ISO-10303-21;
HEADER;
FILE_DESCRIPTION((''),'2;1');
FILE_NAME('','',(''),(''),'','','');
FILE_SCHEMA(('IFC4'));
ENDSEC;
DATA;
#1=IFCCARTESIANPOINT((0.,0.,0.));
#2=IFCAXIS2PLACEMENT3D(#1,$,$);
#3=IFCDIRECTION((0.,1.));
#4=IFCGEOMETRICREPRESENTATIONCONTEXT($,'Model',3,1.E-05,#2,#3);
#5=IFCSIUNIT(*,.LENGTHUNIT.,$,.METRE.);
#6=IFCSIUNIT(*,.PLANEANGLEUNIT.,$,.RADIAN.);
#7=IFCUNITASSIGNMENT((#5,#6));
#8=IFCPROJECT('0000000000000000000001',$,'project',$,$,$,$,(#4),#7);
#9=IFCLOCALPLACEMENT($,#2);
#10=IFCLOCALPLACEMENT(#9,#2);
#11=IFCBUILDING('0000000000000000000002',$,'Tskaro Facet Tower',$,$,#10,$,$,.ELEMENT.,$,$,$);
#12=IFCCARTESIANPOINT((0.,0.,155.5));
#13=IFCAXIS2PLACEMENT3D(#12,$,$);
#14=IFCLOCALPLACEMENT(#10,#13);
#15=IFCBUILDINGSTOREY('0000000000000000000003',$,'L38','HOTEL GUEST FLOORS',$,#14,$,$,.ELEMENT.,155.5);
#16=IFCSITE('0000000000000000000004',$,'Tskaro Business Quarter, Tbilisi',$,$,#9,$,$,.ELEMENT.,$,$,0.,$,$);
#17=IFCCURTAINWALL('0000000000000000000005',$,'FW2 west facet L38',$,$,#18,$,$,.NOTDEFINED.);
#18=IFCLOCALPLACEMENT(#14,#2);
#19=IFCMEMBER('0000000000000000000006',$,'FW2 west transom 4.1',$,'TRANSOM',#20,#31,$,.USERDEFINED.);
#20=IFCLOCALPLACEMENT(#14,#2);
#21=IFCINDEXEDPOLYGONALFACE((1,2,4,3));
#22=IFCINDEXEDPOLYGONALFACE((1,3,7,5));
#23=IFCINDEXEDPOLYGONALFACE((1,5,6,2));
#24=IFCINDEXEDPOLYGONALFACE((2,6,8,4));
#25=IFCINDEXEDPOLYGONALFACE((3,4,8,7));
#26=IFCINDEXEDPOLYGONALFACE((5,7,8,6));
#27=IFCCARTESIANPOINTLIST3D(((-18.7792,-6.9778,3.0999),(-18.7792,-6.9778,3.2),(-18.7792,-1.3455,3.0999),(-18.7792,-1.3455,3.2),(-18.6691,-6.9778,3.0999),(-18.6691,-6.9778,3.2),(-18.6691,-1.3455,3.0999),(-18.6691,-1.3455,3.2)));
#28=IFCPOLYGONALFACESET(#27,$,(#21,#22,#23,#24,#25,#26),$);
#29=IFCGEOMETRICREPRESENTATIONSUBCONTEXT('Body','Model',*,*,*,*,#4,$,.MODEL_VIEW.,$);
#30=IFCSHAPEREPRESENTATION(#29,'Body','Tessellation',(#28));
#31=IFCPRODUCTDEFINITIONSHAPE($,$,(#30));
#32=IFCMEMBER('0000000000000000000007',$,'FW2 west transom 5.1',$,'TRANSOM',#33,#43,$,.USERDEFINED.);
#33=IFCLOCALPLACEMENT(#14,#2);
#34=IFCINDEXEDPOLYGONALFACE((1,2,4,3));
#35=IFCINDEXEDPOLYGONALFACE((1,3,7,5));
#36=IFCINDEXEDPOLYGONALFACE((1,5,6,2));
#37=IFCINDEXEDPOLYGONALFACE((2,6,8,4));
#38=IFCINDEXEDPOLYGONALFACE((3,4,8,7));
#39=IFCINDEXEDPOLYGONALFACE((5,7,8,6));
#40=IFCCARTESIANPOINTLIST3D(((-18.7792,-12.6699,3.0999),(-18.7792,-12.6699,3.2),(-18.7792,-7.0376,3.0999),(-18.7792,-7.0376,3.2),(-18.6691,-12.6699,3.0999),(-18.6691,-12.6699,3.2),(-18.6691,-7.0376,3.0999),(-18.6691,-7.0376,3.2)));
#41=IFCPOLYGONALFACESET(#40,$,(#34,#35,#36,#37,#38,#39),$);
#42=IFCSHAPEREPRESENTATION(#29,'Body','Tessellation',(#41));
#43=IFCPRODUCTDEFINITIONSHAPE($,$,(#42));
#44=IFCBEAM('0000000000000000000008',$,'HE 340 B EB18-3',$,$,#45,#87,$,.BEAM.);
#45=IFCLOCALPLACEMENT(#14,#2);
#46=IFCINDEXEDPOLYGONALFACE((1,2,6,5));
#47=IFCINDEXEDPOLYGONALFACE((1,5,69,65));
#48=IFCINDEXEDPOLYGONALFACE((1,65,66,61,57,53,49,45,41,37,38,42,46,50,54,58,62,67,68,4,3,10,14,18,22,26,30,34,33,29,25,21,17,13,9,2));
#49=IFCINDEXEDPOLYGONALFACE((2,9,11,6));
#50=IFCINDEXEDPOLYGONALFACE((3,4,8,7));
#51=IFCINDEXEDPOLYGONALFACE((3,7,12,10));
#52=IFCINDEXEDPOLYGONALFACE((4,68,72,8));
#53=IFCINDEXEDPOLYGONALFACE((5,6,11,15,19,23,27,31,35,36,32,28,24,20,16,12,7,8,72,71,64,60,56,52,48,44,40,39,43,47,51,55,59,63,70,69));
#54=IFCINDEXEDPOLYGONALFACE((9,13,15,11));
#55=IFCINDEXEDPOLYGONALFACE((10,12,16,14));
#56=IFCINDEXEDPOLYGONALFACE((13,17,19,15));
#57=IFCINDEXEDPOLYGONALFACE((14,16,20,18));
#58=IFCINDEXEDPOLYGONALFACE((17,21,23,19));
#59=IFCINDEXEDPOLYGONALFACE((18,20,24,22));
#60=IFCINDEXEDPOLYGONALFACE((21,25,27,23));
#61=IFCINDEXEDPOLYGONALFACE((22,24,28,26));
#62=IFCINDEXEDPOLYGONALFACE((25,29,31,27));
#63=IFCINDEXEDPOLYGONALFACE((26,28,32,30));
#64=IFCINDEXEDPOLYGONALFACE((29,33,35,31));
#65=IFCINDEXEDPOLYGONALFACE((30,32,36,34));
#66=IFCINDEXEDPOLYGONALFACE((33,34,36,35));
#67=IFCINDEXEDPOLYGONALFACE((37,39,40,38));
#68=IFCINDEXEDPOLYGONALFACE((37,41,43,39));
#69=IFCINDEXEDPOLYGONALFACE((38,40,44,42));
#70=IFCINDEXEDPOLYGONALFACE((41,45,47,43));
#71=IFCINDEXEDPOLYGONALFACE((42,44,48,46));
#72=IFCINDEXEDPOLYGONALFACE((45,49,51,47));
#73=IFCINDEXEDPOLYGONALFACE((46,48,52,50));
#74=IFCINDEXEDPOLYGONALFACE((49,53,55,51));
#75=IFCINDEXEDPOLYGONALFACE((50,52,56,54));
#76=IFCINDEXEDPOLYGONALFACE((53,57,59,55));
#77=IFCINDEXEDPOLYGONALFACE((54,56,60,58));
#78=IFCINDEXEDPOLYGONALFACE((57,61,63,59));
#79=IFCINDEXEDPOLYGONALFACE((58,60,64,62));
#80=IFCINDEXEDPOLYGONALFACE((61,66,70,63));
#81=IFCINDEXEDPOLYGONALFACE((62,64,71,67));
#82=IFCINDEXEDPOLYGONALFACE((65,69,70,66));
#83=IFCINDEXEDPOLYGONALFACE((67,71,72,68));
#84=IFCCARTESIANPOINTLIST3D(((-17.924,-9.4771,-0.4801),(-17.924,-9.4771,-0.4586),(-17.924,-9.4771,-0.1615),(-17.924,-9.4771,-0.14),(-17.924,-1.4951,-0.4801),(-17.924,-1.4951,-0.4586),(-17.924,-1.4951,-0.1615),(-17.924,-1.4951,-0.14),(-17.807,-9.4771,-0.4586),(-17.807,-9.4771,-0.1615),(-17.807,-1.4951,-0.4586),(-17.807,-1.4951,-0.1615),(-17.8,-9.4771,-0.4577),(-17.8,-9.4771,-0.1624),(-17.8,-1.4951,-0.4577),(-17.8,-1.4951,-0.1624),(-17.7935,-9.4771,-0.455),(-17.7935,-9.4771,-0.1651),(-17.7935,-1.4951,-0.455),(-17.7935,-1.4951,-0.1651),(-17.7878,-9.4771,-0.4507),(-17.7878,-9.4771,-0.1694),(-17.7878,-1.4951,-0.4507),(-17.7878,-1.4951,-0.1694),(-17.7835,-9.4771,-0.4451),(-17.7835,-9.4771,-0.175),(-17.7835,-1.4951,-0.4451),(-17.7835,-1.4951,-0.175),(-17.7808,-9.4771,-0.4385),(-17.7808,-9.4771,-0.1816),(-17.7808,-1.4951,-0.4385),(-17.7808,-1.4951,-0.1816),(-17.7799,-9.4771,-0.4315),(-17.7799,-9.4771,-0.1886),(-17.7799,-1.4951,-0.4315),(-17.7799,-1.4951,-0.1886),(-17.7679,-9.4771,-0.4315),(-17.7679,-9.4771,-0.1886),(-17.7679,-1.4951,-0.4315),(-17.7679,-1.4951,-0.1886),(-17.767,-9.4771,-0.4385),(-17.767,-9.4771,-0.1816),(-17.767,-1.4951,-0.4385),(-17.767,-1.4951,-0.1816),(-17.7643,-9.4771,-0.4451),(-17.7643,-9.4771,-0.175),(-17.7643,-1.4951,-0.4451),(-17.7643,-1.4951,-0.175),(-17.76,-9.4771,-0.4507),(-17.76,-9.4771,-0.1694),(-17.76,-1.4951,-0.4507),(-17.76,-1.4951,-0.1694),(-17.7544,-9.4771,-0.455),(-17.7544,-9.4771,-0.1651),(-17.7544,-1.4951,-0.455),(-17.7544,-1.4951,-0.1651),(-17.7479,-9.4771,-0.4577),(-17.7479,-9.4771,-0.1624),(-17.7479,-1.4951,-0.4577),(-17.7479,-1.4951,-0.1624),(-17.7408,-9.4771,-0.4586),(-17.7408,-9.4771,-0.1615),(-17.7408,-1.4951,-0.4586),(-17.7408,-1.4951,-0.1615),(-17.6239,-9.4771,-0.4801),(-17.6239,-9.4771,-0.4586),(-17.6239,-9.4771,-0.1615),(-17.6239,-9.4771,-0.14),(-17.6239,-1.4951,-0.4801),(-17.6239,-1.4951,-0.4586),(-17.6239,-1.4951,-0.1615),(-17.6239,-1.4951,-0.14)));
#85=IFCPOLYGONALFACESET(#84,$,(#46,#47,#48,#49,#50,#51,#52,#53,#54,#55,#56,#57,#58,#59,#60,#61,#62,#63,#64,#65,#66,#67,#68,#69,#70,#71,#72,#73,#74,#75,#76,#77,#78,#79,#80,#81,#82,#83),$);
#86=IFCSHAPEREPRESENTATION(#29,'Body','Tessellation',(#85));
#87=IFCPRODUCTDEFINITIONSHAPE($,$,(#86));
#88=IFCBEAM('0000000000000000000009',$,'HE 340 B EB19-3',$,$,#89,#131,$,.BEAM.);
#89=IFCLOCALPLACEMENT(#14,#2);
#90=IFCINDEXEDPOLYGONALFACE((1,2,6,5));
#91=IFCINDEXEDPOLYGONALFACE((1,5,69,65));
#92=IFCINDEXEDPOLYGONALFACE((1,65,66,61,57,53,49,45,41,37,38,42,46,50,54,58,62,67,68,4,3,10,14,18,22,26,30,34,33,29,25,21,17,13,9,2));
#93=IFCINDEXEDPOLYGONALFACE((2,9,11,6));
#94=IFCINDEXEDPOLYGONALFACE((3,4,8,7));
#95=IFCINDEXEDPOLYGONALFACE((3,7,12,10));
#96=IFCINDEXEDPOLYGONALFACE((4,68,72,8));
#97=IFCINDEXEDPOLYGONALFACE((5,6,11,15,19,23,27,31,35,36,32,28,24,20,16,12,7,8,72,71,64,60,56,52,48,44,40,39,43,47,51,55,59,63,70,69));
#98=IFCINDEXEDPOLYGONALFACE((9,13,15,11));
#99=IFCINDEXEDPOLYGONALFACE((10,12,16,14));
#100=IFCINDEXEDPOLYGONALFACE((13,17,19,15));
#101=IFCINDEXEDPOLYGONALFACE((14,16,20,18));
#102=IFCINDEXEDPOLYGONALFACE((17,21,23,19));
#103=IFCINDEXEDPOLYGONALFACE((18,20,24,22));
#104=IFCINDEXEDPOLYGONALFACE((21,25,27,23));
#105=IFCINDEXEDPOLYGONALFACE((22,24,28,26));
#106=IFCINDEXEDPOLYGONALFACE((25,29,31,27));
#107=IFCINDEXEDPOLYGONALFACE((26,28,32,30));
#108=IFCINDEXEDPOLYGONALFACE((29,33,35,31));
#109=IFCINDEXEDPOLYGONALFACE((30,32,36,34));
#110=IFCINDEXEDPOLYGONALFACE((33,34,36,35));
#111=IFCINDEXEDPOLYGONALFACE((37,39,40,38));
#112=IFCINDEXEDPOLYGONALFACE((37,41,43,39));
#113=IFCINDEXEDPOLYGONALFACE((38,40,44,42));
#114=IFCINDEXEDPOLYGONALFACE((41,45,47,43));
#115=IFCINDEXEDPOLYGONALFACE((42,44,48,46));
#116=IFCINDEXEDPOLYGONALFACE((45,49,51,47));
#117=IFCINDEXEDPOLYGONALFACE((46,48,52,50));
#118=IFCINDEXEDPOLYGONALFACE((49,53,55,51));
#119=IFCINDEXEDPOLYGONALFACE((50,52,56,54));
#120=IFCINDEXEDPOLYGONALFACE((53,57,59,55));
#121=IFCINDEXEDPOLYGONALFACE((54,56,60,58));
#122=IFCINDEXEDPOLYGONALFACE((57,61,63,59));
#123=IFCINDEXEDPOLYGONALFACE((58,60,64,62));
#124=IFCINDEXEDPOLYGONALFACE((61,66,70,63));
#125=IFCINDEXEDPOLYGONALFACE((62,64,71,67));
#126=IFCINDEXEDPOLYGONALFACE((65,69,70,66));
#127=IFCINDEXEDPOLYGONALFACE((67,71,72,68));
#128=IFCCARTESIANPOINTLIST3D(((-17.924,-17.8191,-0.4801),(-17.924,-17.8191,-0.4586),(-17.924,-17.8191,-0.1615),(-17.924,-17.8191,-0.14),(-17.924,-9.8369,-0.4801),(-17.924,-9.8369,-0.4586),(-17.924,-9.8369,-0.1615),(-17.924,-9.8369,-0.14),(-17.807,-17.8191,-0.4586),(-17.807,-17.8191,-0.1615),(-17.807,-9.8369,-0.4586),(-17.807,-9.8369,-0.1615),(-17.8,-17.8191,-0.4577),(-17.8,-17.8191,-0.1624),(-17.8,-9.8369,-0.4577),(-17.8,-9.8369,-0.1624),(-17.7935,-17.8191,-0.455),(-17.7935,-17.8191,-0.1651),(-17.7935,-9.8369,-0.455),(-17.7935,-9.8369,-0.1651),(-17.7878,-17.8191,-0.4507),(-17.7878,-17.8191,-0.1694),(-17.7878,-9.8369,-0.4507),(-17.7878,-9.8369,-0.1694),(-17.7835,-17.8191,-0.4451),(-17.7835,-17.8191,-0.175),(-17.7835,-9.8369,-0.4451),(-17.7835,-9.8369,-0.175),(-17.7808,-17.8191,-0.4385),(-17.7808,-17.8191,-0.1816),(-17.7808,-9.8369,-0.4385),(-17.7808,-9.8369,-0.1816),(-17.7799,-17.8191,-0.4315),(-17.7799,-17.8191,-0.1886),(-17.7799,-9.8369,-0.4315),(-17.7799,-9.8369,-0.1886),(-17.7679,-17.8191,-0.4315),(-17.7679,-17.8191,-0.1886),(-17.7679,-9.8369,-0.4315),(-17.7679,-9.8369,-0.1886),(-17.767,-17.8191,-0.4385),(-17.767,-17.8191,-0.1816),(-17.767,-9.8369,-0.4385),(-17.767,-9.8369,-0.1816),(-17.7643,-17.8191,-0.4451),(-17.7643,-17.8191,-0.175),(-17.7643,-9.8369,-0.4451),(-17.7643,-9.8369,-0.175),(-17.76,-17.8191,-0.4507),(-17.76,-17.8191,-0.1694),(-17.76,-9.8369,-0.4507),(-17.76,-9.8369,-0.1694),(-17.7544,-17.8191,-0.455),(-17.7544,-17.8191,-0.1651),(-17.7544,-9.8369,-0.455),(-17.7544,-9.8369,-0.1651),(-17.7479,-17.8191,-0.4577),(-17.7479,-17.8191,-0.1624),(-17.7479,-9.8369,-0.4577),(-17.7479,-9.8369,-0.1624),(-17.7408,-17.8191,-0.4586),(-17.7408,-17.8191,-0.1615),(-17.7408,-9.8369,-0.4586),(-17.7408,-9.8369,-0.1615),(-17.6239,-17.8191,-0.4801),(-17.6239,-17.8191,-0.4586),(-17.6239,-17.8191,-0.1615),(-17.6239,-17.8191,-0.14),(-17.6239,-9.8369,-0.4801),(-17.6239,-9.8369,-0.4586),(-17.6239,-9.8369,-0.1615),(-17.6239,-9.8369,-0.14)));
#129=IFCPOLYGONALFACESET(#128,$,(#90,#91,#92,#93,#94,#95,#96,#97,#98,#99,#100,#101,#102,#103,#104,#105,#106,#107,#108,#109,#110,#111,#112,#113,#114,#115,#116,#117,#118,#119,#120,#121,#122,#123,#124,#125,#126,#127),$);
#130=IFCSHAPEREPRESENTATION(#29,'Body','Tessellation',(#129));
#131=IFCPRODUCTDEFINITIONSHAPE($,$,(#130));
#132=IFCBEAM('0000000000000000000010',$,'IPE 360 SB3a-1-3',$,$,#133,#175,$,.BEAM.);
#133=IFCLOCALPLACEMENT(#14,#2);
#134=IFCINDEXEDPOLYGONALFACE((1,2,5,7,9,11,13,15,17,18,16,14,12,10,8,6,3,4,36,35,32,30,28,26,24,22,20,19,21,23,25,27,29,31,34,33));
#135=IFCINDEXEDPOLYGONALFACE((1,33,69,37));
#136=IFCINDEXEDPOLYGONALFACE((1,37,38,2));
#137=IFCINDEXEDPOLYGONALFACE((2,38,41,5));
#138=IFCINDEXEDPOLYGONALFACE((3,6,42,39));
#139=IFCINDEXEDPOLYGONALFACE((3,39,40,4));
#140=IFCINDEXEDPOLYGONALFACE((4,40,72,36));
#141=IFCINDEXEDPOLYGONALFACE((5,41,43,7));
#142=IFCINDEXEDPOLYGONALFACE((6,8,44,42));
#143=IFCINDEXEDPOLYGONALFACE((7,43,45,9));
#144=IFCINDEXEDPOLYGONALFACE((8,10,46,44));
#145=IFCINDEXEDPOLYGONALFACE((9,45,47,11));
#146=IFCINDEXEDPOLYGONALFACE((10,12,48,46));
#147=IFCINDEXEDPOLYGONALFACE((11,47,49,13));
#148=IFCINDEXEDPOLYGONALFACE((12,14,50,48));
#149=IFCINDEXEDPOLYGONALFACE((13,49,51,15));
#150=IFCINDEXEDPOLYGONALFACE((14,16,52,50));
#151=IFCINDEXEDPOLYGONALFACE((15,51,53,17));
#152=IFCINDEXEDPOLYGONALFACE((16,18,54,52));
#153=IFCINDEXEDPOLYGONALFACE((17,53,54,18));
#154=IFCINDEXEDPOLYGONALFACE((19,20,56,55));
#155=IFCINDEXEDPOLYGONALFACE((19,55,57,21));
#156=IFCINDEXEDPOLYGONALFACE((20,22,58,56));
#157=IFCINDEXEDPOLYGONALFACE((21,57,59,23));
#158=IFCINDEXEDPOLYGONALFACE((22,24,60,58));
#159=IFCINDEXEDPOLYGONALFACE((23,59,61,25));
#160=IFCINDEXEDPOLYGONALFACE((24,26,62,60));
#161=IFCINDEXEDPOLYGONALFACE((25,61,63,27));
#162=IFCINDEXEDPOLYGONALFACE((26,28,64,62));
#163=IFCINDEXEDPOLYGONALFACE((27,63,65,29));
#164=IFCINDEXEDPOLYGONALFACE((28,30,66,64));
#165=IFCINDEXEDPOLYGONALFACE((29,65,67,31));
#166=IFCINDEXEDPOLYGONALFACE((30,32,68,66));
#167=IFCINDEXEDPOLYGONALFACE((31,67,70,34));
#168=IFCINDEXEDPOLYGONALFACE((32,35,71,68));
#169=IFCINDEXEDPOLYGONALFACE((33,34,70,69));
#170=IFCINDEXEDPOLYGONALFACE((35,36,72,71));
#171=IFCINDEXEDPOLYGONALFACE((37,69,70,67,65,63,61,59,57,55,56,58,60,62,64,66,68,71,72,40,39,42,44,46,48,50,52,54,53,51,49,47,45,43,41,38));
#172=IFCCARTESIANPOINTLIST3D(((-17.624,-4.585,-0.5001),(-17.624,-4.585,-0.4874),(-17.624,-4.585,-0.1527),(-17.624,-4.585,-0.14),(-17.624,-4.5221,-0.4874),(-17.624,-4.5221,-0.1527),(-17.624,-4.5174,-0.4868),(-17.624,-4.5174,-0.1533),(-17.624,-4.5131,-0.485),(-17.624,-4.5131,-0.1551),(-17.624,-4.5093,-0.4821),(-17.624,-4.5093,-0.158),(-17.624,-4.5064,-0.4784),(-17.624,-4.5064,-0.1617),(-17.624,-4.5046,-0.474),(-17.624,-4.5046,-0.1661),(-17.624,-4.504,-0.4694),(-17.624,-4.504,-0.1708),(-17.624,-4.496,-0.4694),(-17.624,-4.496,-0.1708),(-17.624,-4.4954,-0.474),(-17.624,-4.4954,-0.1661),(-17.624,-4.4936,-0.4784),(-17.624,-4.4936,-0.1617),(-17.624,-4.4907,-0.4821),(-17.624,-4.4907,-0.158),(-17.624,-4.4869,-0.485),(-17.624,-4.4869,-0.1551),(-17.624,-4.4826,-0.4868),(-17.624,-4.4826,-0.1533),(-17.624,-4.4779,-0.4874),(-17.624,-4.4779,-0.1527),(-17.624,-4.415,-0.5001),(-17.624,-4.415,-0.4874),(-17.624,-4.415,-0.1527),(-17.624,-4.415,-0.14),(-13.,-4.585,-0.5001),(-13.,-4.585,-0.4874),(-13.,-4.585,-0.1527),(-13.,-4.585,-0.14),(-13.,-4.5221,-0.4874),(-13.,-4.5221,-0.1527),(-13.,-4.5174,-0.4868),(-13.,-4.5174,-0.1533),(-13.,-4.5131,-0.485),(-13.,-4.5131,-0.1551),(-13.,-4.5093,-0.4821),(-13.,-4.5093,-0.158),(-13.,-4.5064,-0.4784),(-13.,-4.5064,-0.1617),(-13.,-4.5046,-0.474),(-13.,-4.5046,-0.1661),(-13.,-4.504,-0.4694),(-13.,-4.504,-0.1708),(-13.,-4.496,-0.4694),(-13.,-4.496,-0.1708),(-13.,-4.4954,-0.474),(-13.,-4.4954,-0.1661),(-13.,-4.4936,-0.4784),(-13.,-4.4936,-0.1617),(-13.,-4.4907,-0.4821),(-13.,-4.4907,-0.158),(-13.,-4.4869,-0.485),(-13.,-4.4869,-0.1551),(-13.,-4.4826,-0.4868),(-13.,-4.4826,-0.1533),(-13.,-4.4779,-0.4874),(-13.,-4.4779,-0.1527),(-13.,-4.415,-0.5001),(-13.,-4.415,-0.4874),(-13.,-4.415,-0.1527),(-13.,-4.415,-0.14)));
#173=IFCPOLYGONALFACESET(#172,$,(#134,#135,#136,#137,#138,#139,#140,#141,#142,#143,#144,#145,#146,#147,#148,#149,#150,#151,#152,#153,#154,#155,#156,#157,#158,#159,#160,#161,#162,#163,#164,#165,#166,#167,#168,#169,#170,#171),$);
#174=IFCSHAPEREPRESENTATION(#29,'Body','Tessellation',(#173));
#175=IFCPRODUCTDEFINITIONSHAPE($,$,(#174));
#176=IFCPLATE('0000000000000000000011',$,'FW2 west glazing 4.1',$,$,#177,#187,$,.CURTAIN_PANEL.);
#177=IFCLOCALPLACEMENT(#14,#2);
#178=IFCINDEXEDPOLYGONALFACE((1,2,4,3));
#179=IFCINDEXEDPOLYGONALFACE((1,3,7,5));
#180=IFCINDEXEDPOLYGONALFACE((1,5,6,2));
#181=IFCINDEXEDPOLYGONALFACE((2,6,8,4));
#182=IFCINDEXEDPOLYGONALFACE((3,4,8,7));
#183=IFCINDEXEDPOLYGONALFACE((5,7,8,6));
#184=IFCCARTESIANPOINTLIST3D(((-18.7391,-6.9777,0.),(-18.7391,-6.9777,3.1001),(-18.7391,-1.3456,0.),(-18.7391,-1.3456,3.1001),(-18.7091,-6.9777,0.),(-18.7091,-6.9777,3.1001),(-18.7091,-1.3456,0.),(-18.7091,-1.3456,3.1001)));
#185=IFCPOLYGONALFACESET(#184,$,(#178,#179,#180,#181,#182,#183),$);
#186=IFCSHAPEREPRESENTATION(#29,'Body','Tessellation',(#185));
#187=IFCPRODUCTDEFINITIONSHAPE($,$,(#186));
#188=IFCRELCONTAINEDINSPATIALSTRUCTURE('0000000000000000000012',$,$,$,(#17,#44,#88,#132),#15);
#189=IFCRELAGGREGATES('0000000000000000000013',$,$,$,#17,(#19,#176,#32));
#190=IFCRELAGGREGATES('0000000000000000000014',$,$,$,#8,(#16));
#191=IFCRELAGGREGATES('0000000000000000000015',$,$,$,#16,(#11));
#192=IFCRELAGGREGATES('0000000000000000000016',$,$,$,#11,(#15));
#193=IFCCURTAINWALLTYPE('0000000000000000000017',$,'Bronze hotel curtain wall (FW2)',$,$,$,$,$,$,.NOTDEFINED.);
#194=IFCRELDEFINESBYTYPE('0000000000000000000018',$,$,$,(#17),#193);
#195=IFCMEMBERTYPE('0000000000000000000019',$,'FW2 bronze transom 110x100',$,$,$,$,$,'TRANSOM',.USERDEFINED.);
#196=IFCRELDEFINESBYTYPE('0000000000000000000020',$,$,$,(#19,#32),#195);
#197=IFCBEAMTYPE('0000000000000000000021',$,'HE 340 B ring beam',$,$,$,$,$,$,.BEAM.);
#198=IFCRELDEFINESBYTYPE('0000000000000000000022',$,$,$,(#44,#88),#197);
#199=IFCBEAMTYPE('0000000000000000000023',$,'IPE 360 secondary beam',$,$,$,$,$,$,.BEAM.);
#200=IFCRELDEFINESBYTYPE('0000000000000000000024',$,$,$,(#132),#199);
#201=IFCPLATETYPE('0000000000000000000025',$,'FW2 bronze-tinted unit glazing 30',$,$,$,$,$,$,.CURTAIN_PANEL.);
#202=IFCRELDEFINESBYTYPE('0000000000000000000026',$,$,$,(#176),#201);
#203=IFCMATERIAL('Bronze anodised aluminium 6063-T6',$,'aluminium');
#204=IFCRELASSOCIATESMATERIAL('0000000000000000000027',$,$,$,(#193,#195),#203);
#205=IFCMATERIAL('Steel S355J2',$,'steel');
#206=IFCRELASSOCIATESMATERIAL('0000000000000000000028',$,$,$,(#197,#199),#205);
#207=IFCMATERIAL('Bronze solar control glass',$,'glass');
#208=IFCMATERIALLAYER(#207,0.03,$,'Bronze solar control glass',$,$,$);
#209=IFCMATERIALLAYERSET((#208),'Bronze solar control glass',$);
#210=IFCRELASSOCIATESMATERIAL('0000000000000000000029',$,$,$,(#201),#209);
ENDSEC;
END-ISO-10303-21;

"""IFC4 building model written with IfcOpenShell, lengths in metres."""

from ifc_helpers import new_model, si_unit, direction, frame, origin, origin_2d, place, context, subcontext, project, spatial, rectangle, i_section, extrude, material, layer, layer_set, material_profile, profile_set, type_object, element, aggregate, save


model = new_model("IFC4")

# Units and contexts
model_context = context("Model", 3, precision=1e-05, world=origin(), true_north=direction((0.0, 1.0)))
body_context = subcontext(model_context, "Body", "Model", "MODEL_VIEW")
ifc_project = project(units=[si_unit("LENGTHUNIT", "METRE"), si_unit("PLANEANGLEUNIT", "RADIAN")], contexts=[model_context])

# Site, building, storey
site_placement = place(None, origin())
site = spatial("IfcSite", under=ifc_project, at=site_placement, Name="Tskaro Business Quarter, Tbilisi", CompositionType="ELEMENT", RefElevation=0.0)
building_placement = place(site_placement, origin())
building = spatial("IfcBuilding", under=site, at=building_placement, Name="Tskaro Facet Tower", CompositionType="ELEMENT")
storey_placement = place(building_placement, frame((0.0, 0.0, 155.5)))
storey = spatial("IfcBuildingStorey", under=building, at=storey_placement, Name="L38", Description="HOTEL GUEST FLOORS", CompositionType="ELEMENT", Elevation=155.5)

# Curtain wall, members
ifc_material_1 = material(Name="Bronze anodised aluminium 6063-T6", Category="aluminium")
curtain_wall_type = type_object("IfcCurtainWallType", Name="Bronze hotel curtain wall (FW2)", PredefinedType="NOTDEFINED", material=ifc_material_1)
curtain_wall_placement = place(storey_placement, origin())
curtain_wall = element("IfcCurtainWall", 1, at=curtain_wall_placement, inside=storey, type_object=curtain_wall_type, Name="FW2 west facet L38", PredefinedType="NOTDEFINED")
ifc_material_profile_1 = material_profile(ifc_material_1, rectangle(XDim=0.1101, YDim=0.1001, at=origin_2d()), Name="Transom 110x100")
ifc_profile_set_1 = profile_set([ifc_material_profile_1], Name="Bronze anodised aluminium 6063-T6")
member_type_1 = type_object("IfcMemberType", Name="FW2 bronze transom 110x100", ElementType="TRANSOM", PredefinedType="USERDEFINED", material=ifc_profile_set_1)
member_1_placement = place(storey_placement, frame((-18.7241, -1.3455, 3.1499), z_axis=(0.0, -1.0, 0.0), x_axis=(1.0, 0.0, 0.0)))
member_1 = element("IfcMember", 2, at=member_1_placement, type_object=member_type_1, Name="FW2 west transom 4.1", ObjectType="TRANSOM", PredefinedType="USERDEFINED", context=body_context, shape_type="SweptSolid", body=[
    extrude(rectangle(XDim=0.1101, YDim=0.1001, at=origin_2d()), origin(), (0.0, 0.0, 1.0), 5.6323),
])
member_2_placement = place(storey_placement, frame((-18.7241, -7.0376, 3.1499), z_axis=(0.0, -1.0, 0.0), x_axis=(1.0, 0.0, 0.0)))
member_2 = element("IfcMember", 3, at=member_2_placement, type_object=member_type_1, Name="FW2 west transom 5.1", ObjectType="TRANSOM", PredefinedType="USERDEFINED", context=body_context, shape_type="SweptSolid", body=[
    extrude(rectangle(XDim=0.1101, YDim=0.1001, at=origin_2d()), origin(), (0.0, 0.0, 1.0), 5.6323),
])

# Beams
ifc_material_2 = material(Name="Steel S355J2", Category="steel")
ifc_material_profile_2 = material_profile(ifc_material_2, i_section(OverallWidth=0.3, OverallDepth=0.3401, WebThickness=0.012, FlangeThickness=0.0215, FilletRadius=0.0271, at=origin_2d()), Name="HE 340 B")
ifc_profile_set_2 = profile_set([ifc_material_profile_2], Name="Steel S355J2")
beam_type_1 = type_object("IfcBeamType", Name="HE 340 B ring beam", PredefinedType="BEAM", material=ifc_profile_set_2)
beam_1_placement = place(storey_placement, frame((-17.7739, -1.4951, -0.3101), z_axis=(0.0, -1.0, 0.0), x_axis=(1.0, 0.0, 0.0)))
element("IfcBeam", 4, at=beam_1_placement, inside=storey, type_object=beam_type_1, Name="HE 340 B EB18-3", PredefinedType="BEAM", context=body_context, shape_type="SweptSolid", body=[
    extrude(i_section(OverallWidth=0.3, OverallDepth=0.3401, WebThickness=0.012, FlangeThickness=0.0215, FilletRadius=0.0271, at=origin_2d()), origin(), (0.0, 0.0, 1.0), 7.9819),
])
beam_2_placement = place(storey_placement, frame((-17.7739, -9.8369, -0.3101), z_axis=(0.0, -1.0, 0.0), x_axis=(1.0, 0.0, 0.0)))
element("IfcBeam", 5, at=beam_2_placement, inside=storey, type_object=beam_type_1, Name="HE 340 B EB19-3", PredefinedType="BEAM", context=body_context, shape_type="SweptSolid", body=[
    extrude(i_section(OverallWidth=0.3, OverallDepth=0.3401, WebThickness=0.012, FlangeThickness=0.0215, FilletRadius=0.0271, at=origin_2d()), origin(), (0.0, 0.0, 1.0), 7.9822),
])
ifc_material_profile_3 = material_profile(ifc_material_2, i_section(OverallWidth=0.1699, OverallDepth=0.3601, WebThickness=0.0081, FlangeThickness=0.0127, FilletRadius=0.0181, at=origin_2d()), Name="IPE 360")
ifc_profile_set_3 = profile_set([ifc_material_profile_3], Name="Steel S355J2")
beam_type_2 = type_object("IfcBeamType", Name="IPE 360 secondary beam", PredefinedType="BEAM", material=ifc_profile_set_3)
beam_3_placement = place(storey_placement, frame((-17.624, -4.5, -0.3201), z_axis=(1.0, 0.0, 0.0), x_axis=(0.0, 1.0, 0.0)))
element("IfcBeam", 6, at=beam_3_placement, inside=storey, type_object=beam_type_2, Name="IPE 360 SB3a-1-3", PredefinedType="BEAM", context=body_context, shape_type="SweptSolid", body=[
    extrude(i_section(OverallWidth=0.1699, OverallDepth=0.3601, WebThickness=0.0081, FlangeThickness=0.0127, FilletRadius=0.0181, at=origin_2d()), origin(), (0.0, 0.0, 1.0), 4.624),
])

# Plate
ifc_material_3 = material(Name="Bronze solar control glass", Category="glass")
ifc_layer_1 = layer(ifc_material_3, 0.03, Name="Bronze solar control glass")
ifc_layer_set_1 = layer_set([ifc_layer_1], Name="Bronze solar control glass")
plate_type = type_object("IfcPlateType", Name="FW2 bronze-tinted unit glazing 30", PredefinedType="CURTAIN_PANEL", material=ifc_layer_set_1)
plate_1_placement = place(storey_placement, frame((-18.7241, -4.1616, 0.0), z_axis=(0.0, 0.0, 1.0), x_axis=(0.0, -1.0, 0.0)))
plate_1 = element("IfcPlate", 7, at=plate_1_placement, type_object=plate_type, Name="FW2 west glazing 4.1", PredefinedType="CURTAIN_PANEL", context=body_context, shape_type="SweptSolid", body=[
    extrude(rectangle(XDim=5.6321, YDim=0.03, at=origin_2d()), origin(), (0.0, 0.0, 1.0), 3.1001),
])
aggregate(curtain_wall, [member_1, plate_1, member_2])

save(model, "model.ifc")
